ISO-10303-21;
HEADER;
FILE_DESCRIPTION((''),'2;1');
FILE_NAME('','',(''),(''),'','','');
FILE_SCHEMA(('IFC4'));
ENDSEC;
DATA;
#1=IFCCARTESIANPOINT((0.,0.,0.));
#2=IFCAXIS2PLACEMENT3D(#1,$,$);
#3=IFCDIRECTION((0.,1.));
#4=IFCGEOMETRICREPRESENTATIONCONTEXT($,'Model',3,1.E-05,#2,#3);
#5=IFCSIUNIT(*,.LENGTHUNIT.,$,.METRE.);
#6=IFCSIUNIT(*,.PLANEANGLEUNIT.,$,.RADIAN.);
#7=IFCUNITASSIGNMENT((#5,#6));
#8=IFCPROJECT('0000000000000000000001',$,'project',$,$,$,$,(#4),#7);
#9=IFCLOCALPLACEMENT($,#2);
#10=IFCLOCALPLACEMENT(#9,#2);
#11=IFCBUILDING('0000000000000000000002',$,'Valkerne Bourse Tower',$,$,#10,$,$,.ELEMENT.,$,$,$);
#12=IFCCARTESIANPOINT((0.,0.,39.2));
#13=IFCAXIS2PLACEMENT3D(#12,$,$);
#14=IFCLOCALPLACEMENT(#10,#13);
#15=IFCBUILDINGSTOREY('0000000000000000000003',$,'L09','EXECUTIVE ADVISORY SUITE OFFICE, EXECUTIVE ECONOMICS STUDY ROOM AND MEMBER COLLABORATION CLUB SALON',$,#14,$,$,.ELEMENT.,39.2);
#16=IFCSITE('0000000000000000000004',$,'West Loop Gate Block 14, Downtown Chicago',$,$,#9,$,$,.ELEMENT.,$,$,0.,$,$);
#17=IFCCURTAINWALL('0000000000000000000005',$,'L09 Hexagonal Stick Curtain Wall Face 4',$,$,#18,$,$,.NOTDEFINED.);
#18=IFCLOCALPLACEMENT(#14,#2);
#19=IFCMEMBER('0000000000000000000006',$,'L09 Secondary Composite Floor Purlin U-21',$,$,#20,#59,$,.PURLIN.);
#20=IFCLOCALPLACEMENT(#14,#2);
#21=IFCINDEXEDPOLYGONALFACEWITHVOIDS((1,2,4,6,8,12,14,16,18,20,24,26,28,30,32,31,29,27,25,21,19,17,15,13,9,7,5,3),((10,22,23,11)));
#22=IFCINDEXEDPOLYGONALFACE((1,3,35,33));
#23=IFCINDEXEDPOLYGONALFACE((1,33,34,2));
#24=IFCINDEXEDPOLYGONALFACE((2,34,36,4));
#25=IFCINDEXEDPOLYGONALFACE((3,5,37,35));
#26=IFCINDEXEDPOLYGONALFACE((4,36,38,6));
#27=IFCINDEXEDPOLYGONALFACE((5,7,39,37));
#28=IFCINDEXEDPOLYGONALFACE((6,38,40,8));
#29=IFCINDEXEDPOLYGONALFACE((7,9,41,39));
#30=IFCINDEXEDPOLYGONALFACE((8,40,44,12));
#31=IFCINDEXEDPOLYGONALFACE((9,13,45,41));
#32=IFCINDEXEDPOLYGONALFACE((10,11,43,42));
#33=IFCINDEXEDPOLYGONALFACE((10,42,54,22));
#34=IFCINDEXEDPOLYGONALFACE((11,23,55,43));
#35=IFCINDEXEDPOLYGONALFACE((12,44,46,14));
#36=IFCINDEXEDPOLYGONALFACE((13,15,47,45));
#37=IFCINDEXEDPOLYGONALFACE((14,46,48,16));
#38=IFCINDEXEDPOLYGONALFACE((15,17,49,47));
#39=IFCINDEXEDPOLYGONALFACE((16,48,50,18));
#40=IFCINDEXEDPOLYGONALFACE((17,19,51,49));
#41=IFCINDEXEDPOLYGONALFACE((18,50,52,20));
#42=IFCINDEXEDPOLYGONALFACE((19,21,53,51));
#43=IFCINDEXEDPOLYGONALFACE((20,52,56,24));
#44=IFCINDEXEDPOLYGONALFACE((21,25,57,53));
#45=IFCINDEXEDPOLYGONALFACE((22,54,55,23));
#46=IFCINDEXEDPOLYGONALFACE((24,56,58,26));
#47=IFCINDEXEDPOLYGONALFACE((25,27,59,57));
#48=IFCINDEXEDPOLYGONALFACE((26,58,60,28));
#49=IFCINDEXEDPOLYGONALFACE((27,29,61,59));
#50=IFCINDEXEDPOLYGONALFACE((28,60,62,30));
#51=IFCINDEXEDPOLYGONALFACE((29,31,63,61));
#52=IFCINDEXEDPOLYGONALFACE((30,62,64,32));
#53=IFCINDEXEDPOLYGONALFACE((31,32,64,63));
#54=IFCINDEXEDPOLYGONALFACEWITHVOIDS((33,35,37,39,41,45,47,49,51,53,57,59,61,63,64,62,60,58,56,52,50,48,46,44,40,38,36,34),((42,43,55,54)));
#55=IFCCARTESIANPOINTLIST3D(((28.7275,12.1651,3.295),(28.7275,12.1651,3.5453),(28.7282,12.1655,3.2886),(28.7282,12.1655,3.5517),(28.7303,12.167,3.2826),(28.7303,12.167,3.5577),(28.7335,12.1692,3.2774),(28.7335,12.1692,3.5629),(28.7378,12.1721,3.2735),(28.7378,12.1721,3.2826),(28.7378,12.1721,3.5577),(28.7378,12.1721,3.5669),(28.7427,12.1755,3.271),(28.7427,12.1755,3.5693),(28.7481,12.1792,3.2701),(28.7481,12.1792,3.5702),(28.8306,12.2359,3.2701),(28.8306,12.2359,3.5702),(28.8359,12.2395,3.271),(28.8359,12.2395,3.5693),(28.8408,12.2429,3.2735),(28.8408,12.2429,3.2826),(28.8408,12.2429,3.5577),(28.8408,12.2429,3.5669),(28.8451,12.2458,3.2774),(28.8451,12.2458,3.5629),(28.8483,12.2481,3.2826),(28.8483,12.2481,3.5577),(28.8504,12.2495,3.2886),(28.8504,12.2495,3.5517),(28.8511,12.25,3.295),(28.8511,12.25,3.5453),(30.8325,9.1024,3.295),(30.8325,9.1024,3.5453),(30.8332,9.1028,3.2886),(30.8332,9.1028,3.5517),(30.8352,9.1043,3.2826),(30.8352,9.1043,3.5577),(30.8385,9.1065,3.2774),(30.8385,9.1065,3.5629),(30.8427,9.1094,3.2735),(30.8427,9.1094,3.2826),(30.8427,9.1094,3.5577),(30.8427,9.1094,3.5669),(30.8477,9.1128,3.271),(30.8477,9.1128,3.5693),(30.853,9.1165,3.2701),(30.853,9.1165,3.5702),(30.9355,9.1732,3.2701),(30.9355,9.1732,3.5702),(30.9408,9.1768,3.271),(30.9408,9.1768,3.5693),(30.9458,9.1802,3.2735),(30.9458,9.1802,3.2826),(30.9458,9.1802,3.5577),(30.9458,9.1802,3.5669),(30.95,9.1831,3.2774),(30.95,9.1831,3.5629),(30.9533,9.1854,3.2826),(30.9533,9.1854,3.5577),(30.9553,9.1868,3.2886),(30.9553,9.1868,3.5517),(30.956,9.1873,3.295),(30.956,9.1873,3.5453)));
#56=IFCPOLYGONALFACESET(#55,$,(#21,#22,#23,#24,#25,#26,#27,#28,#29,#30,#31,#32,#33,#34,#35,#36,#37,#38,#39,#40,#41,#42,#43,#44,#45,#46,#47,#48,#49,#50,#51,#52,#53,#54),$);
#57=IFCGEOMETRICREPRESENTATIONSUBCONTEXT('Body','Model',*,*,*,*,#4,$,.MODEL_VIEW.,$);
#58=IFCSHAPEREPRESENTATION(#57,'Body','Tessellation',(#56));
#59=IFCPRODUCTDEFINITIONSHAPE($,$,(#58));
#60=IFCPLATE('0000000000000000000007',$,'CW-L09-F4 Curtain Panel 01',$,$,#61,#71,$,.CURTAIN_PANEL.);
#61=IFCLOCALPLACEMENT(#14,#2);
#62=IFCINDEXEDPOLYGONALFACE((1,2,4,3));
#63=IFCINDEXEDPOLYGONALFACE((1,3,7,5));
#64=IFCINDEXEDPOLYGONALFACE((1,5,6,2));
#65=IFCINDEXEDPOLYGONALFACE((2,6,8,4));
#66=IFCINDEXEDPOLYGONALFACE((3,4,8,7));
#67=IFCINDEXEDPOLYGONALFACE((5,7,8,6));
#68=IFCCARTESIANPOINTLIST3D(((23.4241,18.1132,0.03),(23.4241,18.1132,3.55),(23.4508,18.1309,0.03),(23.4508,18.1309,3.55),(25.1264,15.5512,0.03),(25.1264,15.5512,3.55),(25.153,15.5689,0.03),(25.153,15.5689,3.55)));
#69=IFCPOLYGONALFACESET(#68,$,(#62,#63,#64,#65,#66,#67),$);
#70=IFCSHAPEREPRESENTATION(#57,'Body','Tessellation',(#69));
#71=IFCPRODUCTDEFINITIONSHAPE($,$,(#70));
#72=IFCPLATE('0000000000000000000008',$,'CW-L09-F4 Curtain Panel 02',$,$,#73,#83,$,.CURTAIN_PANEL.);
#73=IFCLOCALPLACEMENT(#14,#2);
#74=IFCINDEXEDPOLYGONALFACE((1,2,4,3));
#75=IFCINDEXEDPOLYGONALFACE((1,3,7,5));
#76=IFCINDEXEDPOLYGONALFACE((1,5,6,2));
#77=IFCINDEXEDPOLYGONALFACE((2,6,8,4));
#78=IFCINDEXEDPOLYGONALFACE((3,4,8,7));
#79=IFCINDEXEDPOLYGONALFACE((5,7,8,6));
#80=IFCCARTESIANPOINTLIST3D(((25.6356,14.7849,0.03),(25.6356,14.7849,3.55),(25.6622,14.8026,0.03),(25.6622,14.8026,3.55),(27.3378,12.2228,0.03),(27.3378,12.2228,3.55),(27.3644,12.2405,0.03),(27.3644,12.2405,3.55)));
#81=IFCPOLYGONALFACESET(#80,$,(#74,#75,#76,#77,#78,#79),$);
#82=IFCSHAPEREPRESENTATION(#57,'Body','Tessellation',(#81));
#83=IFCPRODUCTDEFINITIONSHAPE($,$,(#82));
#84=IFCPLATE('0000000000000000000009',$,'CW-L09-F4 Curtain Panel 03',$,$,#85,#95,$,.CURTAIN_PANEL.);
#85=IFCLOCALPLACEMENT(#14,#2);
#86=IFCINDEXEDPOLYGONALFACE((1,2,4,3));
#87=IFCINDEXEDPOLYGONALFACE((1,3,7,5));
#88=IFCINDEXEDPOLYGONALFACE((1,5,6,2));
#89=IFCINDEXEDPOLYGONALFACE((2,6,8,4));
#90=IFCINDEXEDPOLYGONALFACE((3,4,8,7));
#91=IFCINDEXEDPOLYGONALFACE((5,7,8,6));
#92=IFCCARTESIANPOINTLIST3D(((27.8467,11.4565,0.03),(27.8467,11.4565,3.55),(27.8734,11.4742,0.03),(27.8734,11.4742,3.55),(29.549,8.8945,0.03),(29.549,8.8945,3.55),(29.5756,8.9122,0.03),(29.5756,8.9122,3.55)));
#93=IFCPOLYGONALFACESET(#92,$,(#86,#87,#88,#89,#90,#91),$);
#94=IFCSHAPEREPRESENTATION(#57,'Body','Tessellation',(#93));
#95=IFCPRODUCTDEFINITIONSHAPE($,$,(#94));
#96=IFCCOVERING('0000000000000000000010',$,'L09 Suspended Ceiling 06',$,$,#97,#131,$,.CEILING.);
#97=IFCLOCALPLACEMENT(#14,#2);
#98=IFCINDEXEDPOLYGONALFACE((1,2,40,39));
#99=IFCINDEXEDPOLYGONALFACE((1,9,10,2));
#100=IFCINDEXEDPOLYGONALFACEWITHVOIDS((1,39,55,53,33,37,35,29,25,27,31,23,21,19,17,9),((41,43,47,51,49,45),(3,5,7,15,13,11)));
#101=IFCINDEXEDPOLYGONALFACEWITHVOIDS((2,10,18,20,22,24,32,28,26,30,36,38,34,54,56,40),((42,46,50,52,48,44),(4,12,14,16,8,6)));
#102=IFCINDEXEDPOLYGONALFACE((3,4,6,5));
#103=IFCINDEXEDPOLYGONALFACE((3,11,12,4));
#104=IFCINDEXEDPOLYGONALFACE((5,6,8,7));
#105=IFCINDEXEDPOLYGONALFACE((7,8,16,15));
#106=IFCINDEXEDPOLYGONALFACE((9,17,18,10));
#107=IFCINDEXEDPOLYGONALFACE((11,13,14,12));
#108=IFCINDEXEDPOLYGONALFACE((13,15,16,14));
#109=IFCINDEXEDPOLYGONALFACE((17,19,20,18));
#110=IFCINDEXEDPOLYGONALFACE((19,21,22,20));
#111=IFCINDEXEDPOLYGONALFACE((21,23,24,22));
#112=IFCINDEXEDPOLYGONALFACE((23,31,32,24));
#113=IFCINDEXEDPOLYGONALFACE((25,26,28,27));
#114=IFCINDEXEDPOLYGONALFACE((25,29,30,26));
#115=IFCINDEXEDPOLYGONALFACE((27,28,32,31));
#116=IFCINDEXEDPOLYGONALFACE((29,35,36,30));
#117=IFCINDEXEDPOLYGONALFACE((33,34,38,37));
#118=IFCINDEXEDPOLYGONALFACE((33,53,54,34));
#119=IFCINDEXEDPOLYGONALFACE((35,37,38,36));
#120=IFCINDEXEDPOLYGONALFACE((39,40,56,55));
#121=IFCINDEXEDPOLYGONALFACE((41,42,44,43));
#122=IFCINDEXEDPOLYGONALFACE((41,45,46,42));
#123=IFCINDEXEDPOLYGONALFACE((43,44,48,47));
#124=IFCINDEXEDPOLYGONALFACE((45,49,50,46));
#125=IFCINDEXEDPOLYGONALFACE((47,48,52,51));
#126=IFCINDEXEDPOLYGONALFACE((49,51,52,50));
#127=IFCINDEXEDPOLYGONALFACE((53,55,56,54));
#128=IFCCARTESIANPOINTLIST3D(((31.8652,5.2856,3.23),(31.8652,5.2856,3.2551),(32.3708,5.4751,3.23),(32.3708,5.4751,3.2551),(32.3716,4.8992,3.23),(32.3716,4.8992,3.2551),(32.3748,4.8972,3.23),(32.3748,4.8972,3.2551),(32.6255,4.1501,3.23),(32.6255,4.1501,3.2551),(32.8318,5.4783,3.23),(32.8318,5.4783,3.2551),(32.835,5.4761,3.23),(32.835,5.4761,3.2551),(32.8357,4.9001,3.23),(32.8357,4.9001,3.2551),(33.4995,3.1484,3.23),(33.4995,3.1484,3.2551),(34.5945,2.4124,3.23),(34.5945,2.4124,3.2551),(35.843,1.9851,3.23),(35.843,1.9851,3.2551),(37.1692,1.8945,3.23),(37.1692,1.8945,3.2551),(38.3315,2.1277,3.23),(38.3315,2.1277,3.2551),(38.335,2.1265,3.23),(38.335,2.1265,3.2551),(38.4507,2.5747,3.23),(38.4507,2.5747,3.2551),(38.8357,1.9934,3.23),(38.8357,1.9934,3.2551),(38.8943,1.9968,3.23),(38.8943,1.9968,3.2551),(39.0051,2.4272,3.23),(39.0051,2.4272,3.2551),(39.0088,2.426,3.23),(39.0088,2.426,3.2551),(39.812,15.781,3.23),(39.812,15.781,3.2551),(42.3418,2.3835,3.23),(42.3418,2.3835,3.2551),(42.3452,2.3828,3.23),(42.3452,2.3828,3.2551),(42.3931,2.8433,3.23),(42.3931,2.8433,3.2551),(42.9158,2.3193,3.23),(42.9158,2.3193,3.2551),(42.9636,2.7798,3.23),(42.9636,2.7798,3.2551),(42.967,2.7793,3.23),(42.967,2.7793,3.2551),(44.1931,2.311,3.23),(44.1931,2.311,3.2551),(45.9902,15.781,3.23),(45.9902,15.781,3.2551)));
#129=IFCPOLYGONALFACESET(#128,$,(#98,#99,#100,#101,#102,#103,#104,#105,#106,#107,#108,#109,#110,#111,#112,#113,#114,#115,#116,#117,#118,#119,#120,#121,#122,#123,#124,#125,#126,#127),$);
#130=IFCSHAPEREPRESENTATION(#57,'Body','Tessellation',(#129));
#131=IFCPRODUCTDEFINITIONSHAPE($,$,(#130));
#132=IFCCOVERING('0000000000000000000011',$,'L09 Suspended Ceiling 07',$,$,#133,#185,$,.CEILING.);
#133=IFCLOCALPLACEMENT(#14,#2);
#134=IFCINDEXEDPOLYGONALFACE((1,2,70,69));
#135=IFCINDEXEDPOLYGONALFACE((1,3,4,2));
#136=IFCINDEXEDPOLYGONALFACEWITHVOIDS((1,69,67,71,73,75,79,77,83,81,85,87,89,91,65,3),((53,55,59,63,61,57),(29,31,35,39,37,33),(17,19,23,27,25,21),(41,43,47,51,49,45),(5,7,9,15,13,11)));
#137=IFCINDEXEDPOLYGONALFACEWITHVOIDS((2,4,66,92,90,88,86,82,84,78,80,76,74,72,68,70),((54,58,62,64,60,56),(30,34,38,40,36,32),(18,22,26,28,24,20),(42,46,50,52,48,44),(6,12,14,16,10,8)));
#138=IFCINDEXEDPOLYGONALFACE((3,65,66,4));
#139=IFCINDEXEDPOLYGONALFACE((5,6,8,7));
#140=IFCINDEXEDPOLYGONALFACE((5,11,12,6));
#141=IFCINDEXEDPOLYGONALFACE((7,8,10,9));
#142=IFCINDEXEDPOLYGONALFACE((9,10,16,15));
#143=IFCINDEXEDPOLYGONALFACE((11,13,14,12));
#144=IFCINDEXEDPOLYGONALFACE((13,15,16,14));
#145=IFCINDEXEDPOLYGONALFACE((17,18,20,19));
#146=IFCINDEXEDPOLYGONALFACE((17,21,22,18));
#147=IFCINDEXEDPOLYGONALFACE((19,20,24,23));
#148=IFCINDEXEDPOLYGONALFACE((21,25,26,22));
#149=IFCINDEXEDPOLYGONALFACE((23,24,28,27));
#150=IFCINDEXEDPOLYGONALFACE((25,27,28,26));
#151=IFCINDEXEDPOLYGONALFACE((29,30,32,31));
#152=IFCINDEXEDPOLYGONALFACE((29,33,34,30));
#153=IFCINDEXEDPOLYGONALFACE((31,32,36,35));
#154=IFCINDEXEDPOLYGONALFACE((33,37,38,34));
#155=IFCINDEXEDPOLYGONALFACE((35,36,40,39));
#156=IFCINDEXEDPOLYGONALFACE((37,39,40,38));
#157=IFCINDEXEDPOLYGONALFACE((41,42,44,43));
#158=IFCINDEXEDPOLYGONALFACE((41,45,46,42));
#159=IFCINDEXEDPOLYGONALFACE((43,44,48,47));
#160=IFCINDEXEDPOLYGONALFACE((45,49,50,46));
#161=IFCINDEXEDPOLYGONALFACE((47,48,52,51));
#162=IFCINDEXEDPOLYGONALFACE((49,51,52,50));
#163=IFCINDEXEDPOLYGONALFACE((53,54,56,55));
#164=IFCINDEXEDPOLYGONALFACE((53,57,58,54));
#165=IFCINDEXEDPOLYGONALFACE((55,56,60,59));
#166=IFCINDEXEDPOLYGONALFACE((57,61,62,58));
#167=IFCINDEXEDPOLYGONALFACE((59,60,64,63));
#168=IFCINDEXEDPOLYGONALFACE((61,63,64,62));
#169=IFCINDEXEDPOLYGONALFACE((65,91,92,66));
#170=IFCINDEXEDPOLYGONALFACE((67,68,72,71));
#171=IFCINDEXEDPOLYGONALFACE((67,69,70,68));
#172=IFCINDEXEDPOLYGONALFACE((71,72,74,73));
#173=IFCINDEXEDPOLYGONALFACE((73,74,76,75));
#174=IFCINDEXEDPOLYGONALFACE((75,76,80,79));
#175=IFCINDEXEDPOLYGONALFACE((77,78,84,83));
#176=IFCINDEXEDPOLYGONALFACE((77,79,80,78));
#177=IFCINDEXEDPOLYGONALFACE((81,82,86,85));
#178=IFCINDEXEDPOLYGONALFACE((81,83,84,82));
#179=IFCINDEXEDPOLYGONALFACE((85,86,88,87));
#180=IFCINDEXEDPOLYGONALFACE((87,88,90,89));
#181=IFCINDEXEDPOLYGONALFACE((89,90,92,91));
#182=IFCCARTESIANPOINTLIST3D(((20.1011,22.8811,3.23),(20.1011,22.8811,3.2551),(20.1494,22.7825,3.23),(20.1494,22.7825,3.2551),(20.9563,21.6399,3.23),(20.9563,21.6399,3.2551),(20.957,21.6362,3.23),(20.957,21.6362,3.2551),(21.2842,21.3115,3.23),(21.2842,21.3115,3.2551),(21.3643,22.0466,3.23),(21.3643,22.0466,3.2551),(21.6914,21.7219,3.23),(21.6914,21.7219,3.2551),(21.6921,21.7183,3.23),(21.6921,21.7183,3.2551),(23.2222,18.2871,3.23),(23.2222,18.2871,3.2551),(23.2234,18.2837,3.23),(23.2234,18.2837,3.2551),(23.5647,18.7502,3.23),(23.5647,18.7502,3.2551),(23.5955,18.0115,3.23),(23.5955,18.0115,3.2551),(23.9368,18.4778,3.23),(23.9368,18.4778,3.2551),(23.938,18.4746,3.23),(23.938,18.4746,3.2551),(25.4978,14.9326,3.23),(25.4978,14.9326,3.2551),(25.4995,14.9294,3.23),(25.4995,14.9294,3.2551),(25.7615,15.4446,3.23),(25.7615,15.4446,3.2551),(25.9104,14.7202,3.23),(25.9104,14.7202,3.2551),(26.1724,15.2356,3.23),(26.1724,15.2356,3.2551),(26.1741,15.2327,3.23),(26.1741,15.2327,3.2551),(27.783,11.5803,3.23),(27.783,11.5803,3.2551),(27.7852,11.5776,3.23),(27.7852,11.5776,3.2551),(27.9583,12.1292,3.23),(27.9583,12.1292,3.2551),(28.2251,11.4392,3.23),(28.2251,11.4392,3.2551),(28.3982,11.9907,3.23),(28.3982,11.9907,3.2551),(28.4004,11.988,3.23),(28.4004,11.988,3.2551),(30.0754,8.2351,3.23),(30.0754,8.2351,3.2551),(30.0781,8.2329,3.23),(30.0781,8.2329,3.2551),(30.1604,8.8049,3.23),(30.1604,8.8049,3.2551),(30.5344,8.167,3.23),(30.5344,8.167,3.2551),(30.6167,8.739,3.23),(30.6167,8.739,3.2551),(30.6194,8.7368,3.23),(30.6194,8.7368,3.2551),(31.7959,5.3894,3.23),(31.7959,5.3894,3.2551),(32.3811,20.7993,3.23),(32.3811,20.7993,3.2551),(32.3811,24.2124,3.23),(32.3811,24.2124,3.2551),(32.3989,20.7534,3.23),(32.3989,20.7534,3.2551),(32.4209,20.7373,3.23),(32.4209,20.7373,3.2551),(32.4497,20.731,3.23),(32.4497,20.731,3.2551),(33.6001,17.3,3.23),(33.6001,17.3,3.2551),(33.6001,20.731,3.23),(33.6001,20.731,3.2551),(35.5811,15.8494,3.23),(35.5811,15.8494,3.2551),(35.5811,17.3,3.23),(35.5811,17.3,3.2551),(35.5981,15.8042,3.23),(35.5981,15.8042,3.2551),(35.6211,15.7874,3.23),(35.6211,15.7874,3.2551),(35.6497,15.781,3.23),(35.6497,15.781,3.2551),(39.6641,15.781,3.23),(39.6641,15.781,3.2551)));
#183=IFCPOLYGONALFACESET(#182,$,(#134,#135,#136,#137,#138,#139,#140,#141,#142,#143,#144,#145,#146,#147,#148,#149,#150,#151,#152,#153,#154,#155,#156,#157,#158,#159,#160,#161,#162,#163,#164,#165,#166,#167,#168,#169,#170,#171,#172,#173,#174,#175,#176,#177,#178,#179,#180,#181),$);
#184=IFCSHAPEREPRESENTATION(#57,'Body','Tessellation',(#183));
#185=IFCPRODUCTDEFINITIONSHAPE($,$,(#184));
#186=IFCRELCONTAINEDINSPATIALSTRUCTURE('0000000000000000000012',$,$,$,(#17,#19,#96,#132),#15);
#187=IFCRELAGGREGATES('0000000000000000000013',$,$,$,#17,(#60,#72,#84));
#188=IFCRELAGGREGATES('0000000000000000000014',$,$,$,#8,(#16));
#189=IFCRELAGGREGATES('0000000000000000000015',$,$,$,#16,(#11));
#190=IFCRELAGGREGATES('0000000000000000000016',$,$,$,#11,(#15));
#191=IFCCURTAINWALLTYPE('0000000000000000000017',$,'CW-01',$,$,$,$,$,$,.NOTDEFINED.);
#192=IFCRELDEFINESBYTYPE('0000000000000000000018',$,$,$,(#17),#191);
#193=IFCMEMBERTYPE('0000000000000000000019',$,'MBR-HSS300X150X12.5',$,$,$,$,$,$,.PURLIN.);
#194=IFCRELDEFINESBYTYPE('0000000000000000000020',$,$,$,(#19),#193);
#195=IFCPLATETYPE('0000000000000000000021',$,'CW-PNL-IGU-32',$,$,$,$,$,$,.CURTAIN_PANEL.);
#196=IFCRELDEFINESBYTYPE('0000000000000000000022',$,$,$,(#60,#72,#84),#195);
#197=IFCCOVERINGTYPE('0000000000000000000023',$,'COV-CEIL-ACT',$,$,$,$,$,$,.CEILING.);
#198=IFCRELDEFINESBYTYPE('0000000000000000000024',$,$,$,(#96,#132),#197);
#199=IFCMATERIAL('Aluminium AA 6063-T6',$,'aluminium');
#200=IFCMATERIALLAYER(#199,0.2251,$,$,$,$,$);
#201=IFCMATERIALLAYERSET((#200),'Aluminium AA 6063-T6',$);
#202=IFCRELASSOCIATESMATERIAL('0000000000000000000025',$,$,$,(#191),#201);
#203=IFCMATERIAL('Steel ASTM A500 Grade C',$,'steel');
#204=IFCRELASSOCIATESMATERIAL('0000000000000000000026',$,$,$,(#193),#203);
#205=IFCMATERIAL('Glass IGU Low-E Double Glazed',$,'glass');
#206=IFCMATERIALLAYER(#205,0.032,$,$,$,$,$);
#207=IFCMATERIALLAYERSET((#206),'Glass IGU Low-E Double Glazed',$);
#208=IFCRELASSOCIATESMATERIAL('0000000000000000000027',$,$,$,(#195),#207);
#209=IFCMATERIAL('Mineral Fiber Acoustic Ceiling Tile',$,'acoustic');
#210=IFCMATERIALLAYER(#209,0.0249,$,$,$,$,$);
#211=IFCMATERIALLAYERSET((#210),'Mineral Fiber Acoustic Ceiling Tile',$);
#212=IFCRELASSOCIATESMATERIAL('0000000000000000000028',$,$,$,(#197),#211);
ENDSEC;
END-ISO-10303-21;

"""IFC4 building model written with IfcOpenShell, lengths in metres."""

from ifc_helpers import new_model, si_unit, direction, frame, origin, origin_2d, place, context, subcontext, project, spatial, polyline, rectangle, hollow_rectangle, outline, extrude, material, layer, layer_set, material_profile, profile_set, type_object, element, aggregate, save


model = new_model("IFC4")

# Units and contexts
model_context = context("Model", 3, precision=1e-05, world=origin(), true_north=direction((0.0, 1.0)))
body_context = subcontext(model_context, "Body", "Model", "MODEL_VIEW")
ifc_project = project(units=[si_unit("LENGTHUNIT", "METRE"), si_unit("PLANEANGLEUNIT", "RADIAN")], contexts=[model_context])

# Site, building, storey
site_placement = place(None, origin())
site = spatial("IfcSite", under=ifc_project, at=site_placement, Name="West Loop Gate Block 14, Downtown Chicago", CompositionType="ELEMENT", RefElevation=0.0)
building_placement = place(site_placement, origin())
building = spatial("IfcBuilding", under=site, at=building_placement, Name="Valkerne Bourse Tower", CompositionType="ELEMENT")
storey_placement = place(building_placement, frame((0.0, 0.0, 39.2)))
storey = spatial("IfcBuildingStorey", under=building, at=storey_placement, Name="L09", Description="EXECUTIVE ADVISORY SUITE OFFICE, EXECUTIVE ECONOMICS STUDY ROOM AND MEMBER COLLABORATION CLUB SALON", CompositionType="ELEMENT", Elevation=39.2)

# Curtain wall
ifc_material_1 = material(Name="Aluminium AA 6063-T6", Category="aluminium")
ifc_layer_1 = layer(ifc_material_1, 0.2251)
ifc_layer_set_1 = layer_set([ifc_layer_1], Name="Aluminium AA 6063-T6")
curtain_wall_type = type_object("IfcCurtainWallType", Name="CW-01", PredefinedType="NOTDEFINED", material=ifc_layer_set_1)
curtain_wall_placement = place(storey_placement, origin())
curtain_wall = element("IfcCurtainWall", 1, at=curtain_wall_placement, inside=storey, type_object=curtain_wall_type, Name="L09 Hexagonal Stick Curtain Wall Face 4", PredefinedType="NOTDEFINED")

# Member
ifc_material_2 = material(Name="Steel ASTM A500 Grade C", Category="steel")
ifc_material_profile_1 = material_profile(ifc_material_2, hollow_rectangle(XDim=0.1499, YDim=0.3, WallThickness=0.0125, OuterFilletRadius=0.0249, at=origin_2d()), Name="HSS300X150X12.5")
ifc_profile_set_1 = profile_set([ifc_material_profile_1], Name="Steel ASTM A500 Grade C")
member_type_1 = type_object("IfcMemberType", Name="MBR-HSS300X150X12.5", PredefinedType="PURLIN", material=ifc_profile_set_1)
for number, where, z_axis, x_axis, name in (
    (2, (28.7893, 12.2075, 3.4202), (0.566409, -0.824124, 0.0), (0.824124, 0.566409, 0.0), "L09 Secondary Composite Floor Purlin U-21"),
):
    element("IfcMember", number, at=place(storey_placement, frame(where, z_axis=z_axis, x_axis=x_axis)), inside=storey, type_object=member_type_1, Name=name, PredefinedType="PURLIN", context=body_context, shape_type="SweptSolid", body=[
        extrude(hollow_rectangle(XDim=0.1499, YDim=0.3, WallThickness=0.0125, OuterFilletRadius=0.0249, at=origin_2d()), origin(), (0.0, 0.0, 1.0), 3.7163),
    ])

# Plates
ifc_material_3 = material(Name="Glass IGU Low-E Double Glazed", Category="glass")
ifc_layer_2 = layer(ifc_material_3, 0.032)
ifc_layer_set_2 = layer_set([ifc_layer_2], Name="Glass IGU Low-E Double Glazed")
plate_type = type_object("IfcPlateType", Name="CW-PNL-IGU-32", PredefinedType="CURTAIN_PANEL", material=ifc_layer_set_2)
plate_1_placement = place(storey_placement, frame((24.2886, 16.8411, 0.03), z_axis=(0.0, 0.0, 1.0), x_axis=(0.553406, -0.832912, 0.0)))
plate_1 = element("IfcPlate", 3, at=plate_1_placement, type_object=plate_type, Name="CW-L09-F4 Curtain Panel 01", PredefinedType="CURTAIN_PANEL", context=body_context, shape_type="SweptSolid", body=[
    extrude(rectangle(XDim=3.0759, YDim=0.032, at=origin_2d()), origin(), (0.0, 0.0, 1.0), 3.52),
])
plate_2_placement = place(storey_placement, frame((26.5, 13.5127, 0.03), z_axis=(0.0, 0.0, 1.0), x_axis=(0.553377, -0.832931, 0.0)))
plate_2 = element("IfcPlate", 4, at=plate_2_placement, type_object=plate_type, Name="CW-L09-F4 Curtain Panel 02", PredefinedType="CURTAIN_PANEL", context=body_context, shape_type="SweptSolid", body=[
    extrude(rectangle(XDim=3.0759, YDim=0.032, at=origin_2d()), origin(), (0.0, 0.0, 1.0), 3.52),
])
plate_3_placement = place(storey_placement, frame((28.7112, 10.1843, 0.03), z_axis=(0.0, 0.0, 1.0), x_axis=(0.553406, -0.832912, 0.0)))
plate_3 = element("IfcPlate", 5, at=plate_3_placement, type_object=plate_type, Name="CW-L09-F4 Curtain Panel 03", PredefinedType="CURTAIN_PANEL", context=body_context, shape_type="SweptSolid", body=[
    extrude(rectangle(XDim=3.0759, YDim=0.032, at=origin_2d()), origin(), (0.0, 0.0, 1.0), 3.52),
])
aggregate(curtain_wall, [plate_1, plate_2, plate_3])

# Coverings
ifc_material_4 = material(Name="Mineral Fiber Acoustic Ceiling Tile", Category="acoustic")
ifc_layer_3 = layer(ifc_material_4, 0.0249)
ifc_layer_set_3 = layer_set([ifc_layer_3], Name="Mineral Fiber Acoustic Ceiling Tile")
covering_type_1 = type_object("IfcCoveringType", Name="COV-CEIL-ACT", PredefinedType="CEILING", material=ifc_layer_set_3)
covering_1_placement = place(storey_placement, frame((0.0, 0.0, 3.23)))
element("IfcCovering", 6, at=covering_1_placement, inside=storey, type_object=covering_type_1, Name="L09 Suspended Ceiling 06", PredefinedType="CEILING", context=body_context, shape_type="SweptSolid", body=[
    extrude(outline(polyline([(34.5945, 2.4124), (33.4995, 3.1484), (32.6255, 4.1501), (31.8652, 5.2856), (39.812, 15.781), (45.9902, 15.781), (44.1931, 2.311), (38.8943, 1.9968), (39.0088, 2.426), (39.0051, 2.4272), (38.4507, 2.5747), (38.3315, 2.1277), (38.335, 2.1265), (38.8357, 1.9934), (37.1692, 1.8945), (35.843, 1.9851), (34.5945, 2.4124)]), holes=[polyline([(32.835, 5.4761), (32.8318, 5.4783), (32.3708, 5.4751), (32.3716, 4.8992), (32.3748, 4.8972), (32.8357, 4.9001), (32.835, 5.4761)]), polyline([(42.9636, 2.7798), (42.3931, 2.8433), (42.3418, 2.3835), (42.3452, 2.3828), (42.9158, 2.3193), (42.967, 2.7793), (42.9636, 2.7798)])]), origin(), (0.0, 0.0, 1.0), 0.0251),
])
covering_2_placement = place(storey_placement, frame((0.0, 0.0, 3.23)))
element("IfcCovering", 7, at=covering_2_placement, inside=storey, type_object=covering_type_1, Name="L09 Suspended Ceiling 07", PredefinedType="CEILING", context=body_context, shape_type="SweptSolid", body=[
    extrude(outline(polyline([(32.3811, 24.2124), (32.3811, 20.7993), (32.3989, 20.7534), (32.4209, 20.7373), (32.4497, 20.731), (33.6001, 20.731), (33.6001, 17.3), (35.5811, 17.3), (35.5811, 15.8494), (35.5981, 15.8042), (35.6211, 15.7874), (35.6497, 15.781), (39.6641, 15.781), (31.7959, 5.3894), (20.1494, 22.7825), (20.1011, 22.8811), (32.3811, 24.2124)]), holes=[polyline([(30.6167, 8.739), (30.1604, 8.8049), (30.0754, 8.2351), (30.0781, 8.2329), (30.5344, 8.167), (30.6194, 8.7368), (30.6167, 8.739)]), polyline([(28.4004, 11.988), (28.3982, 11.9907), (27.9583, 12.1292), (27.783, 11.5803), (27.7852, 11.5776), (28.2251, 11.4392), (28.4004, 11.988)]), polyline([(26.1741, 15.2327), (26.1724, 15.2356), (25.7615, 15.4446), (25.4978, 14.9326), (25.4995, 14.9294), (25.9104, 14.7202), (26.1741, 15.2327)]), polyline([(23.9368, 18.4778), (23.5647, 18.7502), (23.2222, 18.2871), (23.2234, 18.2837), (23.5955, 18.0115), (23.938, 18.4746), (23.9368, 18.4778)]), polyline([(21.6921, 21.7183), (21.6914, 21.7219), (21.3643, 22.0466), (20.9563, 21.6399), (20.957, 21.6362), (21.2842, 21.3115), (21.6921, 21.7183)])]), origin(), (0.0, 0.0, 1.0), 0.0251),
])

save(model, "model.ifc")
